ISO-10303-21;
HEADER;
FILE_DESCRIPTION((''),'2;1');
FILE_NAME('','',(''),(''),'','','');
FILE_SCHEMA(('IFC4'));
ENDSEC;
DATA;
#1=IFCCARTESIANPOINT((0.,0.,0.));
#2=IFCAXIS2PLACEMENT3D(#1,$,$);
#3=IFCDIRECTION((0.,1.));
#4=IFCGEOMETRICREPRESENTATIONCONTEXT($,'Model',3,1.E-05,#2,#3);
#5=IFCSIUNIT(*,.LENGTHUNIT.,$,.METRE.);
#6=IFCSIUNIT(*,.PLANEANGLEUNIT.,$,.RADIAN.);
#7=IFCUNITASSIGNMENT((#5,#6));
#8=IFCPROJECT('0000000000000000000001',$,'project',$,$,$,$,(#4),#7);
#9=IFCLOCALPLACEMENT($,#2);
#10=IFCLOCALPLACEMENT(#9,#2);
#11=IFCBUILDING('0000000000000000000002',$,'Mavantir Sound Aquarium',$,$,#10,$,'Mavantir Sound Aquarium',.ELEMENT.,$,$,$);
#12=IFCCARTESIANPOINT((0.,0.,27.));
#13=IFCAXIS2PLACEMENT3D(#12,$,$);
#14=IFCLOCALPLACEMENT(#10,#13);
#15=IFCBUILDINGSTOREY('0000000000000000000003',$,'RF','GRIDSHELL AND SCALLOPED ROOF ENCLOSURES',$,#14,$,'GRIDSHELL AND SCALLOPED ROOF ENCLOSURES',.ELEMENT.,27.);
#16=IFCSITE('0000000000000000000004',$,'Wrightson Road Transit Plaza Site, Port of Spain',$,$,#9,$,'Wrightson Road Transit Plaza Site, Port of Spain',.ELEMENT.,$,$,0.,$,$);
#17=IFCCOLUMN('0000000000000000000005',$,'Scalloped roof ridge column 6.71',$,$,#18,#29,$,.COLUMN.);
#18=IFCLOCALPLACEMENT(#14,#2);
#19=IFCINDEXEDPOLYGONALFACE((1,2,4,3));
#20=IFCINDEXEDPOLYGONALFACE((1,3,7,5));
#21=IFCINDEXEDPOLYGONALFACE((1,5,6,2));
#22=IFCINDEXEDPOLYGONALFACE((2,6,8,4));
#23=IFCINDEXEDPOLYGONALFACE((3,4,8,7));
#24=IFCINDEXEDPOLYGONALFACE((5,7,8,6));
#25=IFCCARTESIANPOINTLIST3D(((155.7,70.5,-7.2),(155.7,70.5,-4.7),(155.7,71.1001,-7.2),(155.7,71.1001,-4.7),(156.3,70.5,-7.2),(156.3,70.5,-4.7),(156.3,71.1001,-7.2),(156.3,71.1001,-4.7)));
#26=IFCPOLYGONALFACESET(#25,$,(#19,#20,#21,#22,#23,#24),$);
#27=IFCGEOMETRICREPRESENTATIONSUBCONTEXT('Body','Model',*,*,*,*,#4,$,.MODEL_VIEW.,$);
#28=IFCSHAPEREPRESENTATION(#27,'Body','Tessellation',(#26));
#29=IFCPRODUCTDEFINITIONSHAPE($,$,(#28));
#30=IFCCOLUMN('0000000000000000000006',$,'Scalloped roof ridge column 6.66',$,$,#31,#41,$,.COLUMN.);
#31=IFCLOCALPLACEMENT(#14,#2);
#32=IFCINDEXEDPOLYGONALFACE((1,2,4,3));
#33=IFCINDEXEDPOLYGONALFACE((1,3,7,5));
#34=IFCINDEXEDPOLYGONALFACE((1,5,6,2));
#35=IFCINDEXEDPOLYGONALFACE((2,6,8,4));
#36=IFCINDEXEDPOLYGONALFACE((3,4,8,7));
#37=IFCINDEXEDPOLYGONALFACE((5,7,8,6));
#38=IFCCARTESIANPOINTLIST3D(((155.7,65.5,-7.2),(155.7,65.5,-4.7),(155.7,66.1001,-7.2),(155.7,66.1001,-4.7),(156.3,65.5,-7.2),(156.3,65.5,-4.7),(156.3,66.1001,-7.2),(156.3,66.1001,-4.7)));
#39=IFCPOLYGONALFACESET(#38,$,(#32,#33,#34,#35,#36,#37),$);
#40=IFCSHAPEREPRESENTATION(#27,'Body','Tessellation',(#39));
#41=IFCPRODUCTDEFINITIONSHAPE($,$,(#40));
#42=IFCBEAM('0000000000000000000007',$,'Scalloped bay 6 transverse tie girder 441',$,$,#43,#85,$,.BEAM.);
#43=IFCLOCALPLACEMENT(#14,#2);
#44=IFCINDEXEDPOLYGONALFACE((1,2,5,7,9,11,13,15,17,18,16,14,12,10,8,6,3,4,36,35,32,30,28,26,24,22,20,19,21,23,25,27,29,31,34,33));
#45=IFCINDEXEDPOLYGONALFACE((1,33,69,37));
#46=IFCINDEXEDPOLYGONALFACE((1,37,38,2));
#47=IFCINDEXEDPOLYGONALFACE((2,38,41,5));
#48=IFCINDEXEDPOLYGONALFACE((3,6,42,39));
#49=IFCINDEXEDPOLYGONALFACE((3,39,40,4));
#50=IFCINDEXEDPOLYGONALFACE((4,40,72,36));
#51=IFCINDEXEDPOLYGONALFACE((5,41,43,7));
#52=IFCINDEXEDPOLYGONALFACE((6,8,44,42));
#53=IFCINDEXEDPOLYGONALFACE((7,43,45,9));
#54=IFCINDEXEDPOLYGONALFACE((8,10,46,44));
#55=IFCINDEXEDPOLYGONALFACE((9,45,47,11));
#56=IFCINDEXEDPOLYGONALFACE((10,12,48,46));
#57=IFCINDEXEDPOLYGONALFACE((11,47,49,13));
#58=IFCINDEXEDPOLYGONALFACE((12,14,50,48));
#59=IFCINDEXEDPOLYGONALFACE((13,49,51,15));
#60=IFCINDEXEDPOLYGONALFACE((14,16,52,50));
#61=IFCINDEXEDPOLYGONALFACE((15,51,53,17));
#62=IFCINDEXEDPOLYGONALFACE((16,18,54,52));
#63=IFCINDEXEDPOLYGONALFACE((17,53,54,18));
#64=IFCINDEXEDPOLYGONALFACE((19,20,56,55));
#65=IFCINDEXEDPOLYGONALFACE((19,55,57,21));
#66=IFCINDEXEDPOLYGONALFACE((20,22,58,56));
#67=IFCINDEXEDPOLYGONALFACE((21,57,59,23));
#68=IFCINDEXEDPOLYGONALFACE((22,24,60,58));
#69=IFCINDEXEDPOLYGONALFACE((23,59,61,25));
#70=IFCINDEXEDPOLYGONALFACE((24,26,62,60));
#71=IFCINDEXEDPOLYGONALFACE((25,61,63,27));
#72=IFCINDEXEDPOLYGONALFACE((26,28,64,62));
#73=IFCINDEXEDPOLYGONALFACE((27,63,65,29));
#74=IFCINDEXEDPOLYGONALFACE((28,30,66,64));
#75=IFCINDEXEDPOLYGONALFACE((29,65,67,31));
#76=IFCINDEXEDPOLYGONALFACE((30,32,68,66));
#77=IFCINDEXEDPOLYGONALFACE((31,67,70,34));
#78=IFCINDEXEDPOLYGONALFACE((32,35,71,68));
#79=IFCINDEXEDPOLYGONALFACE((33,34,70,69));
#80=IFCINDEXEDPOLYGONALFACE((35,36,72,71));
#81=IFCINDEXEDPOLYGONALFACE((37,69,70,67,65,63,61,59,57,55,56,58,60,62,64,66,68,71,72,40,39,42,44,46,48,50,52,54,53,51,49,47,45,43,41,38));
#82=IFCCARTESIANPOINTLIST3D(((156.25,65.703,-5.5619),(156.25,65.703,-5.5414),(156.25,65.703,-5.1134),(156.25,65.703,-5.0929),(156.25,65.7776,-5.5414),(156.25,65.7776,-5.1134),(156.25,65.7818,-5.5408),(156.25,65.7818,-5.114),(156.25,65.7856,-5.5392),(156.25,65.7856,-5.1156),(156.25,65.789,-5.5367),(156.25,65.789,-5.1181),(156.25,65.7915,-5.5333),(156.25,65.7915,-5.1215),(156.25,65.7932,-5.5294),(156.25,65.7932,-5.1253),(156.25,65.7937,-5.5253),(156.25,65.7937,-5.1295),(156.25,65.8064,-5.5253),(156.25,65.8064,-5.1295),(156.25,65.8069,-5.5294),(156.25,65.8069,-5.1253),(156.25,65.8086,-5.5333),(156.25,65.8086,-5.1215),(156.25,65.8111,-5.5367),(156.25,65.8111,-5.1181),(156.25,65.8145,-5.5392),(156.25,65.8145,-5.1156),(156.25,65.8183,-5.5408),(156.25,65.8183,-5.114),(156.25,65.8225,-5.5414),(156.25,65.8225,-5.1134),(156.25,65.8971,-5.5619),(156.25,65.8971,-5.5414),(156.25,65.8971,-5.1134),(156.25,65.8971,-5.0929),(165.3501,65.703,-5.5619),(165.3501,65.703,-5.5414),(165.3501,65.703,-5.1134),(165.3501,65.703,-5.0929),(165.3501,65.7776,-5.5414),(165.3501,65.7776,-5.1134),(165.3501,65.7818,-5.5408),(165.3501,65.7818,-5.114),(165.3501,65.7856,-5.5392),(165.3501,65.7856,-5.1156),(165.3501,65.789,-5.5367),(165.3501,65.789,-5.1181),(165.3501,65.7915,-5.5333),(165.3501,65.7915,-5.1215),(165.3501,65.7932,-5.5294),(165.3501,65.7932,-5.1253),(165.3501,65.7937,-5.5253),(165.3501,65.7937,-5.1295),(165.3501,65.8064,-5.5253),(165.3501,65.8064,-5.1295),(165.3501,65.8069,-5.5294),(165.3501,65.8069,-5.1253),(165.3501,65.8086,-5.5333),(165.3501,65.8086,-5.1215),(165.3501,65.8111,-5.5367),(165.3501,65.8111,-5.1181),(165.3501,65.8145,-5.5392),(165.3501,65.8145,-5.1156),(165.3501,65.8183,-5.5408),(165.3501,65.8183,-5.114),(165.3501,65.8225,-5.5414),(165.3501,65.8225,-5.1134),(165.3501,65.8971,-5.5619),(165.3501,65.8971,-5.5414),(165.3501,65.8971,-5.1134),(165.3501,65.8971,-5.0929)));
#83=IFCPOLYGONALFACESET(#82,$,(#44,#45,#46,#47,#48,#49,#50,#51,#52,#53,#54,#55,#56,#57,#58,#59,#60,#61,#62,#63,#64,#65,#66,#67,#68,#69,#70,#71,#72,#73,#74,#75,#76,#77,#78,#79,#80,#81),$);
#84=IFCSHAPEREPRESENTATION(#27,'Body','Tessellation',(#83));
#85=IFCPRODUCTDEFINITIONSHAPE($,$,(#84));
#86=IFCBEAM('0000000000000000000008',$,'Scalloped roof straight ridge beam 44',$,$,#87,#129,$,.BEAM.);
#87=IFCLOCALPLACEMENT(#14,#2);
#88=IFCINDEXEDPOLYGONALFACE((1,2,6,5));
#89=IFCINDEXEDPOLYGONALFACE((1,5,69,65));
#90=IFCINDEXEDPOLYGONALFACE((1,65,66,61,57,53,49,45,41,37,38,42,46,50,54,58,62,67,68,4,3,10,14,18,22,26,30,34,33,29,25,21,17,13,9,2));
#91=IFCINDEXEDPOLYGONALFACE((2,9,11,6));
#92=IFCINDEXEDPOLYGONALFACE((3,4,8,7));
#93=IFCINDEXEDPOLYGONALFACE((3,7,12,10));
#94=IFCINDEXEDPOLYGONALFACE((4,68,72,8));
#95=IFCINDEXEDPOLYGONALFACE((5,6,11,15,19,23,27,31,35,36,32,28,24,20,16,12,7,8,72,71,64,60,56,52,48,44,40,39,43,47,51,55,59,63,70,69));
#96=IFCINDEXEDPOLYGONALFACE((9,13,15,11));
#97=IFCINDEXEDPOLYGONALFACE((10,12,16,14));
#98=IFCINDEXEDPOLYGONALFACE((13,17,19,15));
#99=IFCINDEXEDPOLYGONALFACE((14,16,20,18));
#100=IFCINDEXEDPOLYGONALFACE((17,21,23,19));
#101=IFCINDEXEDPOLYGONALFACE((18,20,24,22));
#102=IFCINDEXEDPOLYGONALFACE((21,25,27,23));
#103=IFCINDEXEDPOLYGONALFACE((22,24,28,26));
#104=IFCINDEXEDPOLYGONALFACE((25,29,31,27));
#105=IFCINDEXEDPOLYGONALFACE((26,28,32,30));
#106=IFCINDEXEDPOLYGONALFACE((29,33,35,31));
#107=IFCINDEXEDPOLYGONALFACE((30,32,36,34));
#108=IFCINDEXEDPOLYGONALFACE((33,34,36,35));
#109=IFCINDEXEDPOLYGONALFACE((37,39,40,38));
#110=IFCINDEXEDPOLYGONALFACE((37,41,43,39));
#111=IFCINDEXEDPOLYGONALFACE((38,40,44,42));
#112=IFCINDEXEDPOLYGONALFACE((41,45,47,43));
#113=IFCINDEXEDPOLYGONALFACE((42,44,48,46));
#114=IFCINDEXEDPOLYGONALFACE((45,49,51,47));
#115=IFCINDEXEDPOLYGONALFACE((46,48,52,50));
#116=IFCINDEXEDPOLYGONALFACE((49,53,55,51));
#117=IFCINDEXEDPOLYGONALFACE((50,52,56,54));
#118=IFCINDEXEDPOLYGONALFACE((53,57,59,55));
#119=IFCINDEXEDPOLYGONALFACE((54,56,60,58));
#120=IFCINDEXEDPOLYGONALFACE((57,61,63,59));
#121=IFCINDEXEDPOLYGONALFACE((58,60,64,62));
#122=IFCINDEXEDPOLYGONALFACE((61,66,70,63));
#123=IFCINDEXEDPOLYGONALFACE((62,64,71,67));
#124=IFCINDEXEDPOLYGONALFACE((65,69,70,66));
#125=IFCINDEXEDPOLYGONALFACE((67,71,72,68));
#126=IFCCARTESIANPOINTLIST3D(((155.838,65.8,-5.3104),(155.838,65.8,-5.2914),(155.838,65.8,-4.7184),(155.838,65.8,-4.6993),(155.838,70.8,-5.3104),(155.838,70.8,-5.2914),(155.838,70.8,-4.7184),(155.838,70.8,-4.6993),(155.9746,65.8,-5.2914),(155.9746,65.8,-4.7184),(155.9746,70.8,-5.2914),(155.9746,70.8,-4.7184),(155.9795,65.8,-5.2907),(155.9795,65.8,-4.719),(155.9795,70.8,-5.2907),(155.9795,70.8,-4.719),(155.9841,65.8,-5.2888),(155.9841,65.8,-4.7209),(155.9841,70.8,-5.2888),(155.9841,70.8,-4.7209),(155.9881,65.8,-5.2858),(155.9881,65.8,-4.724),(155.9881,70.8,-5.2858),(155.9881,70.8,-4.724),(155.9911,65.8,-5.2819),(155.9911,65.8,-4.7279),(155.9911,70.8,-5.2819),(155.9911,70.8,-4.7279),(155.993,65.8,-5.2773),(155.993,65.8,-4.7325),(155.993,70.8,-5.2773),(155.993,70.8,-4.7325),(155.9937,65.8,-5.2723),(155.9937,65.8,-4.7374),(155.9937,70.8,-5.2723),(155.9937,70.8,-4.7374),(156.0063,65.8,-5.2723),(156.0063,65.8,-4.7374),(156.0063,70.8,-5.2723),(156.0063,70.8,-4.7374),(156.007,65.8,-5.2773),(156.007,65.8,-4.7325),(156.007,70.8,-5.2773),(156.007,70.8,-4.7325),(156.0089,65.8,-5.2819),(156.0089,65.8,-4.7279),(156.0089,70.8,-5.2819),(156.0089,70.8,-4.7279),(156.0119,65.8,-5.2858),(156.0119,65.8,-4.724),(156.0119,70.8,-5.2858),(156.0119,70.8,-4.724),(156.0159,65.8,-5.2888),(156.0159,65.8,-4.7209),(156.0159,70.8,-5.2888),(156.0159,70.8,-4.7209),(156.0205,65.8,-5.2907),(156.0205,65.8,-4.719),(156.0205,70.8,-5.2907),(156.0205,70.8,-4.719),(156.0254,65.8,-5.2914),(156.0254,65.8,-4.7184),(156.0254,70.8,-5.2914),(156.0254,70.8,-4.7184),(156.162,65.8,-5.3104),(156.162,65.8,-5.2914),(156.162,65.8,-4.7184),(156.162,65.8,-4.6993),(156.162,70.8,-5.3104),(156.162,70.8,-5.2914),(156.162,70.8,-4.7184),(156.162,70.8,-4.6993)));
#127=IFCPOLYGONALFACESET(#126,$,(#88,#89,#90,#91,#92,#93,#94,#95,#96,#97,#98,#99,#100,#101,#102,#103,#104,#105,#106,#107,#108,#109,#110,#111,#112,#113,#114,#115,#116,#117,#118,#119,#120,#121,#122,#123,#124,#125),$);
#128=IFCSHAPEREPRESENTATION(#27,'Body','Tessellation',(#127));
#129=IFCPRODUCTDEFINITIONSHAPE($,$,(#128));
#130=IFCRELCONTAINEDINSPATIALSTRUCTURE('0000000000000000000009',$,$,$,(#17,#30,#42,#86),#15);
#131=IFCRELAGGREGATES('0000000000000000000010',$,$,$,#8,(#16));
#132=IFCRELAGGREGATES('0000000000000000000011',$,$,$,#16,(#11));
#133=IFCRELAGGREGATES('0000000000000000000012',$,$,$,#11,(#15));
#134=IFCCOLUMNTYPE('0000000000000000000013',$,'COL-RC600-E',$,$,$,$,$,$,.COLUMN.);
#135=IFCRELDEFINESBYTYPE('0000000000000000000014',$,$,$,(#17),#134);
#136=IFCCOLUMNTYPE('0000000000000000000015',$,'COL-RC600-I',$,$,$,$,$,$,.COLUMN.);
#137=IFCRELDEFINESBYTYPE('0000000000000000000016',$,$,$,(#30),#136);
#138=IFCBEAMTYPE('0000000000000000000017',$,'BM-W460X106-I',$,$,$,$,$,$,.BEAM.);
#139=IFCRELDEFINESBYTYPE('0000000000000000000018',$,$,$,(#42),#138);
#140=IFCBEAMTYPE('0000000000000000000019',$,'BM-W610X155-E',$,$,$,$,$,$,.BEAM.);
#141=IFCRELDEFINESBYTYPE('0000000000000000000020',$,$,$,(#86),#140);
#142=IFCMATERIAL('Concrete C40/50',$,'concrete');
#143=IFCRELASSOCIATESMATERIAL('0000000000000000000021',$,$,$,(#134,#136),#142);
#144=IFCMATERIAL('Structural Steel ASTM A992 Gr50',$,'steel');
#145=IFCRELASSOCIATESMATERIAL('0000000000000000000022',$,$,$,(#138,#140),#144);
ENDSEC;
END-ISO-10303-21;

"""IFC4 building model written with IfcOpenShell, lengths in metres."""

from ifc_helpers import new_model, si_unit, direction, frame, origin, origin_2d, place, context, subcontext, project, spatial, rectangle, i_section, extrude, material, material_profile, profile_set, type_object, element, save


model = new_model("IFC4")

# Units and contexts
model_context = context("Model", 3, precision=1e-05, world=origin(), true_north=direction((0.0, 1.0)))
body_context = subcontext(model_context, "Body", "Model", "MODEL_VIEW")
ifc_project = project(units=[si_unit("LENGTHUNIT", "METRE"), si_unit("PLANEANGLEUNIT", "RADIAN")], contexts=[model_context])

# Site, building, storey
site_placement = place(None, origin())
site = spatial("IfcSite", under=ifc_project, at=site_placement, Name="Wrightson Road Transit Plaza Site, Port of Spain", LongName="Wrightson Road Transit Plaza Site, Port of Spain", CompositionType="ELEMENT", RefElevation=0.0)
building_placement = place(site_placement, origin())
building = spatial("IfcBuilding", under=site, at=building_placement, Name="Mavantir Sound Aquarium", LongName="Mavantir Sound Aquarium", CompositionType="ELEMENT")
storey_placement = place(building_placement, frame((0.0, 0.0, 27.0)))
storey = spatial("IfcBuildingStorey", under=building, at=storey_placement, Name="RF", Description="GRIDSHELL AND SCALLOPED ROOF ENCLOSURES", LongName="GRIDSHELL AND SCALLOPED ROOF ENCLOSURES", CompositionType="ELEMENT", Elevation=27.0)

# Columns
ifc_material_1 = material(Name="Concrete C40/50", Category="concrete")
ifc_material_profile_1 = material_profile(ifc_material_1, rectangle(XDim=0.6001, YDim=0.6001, at=origin_2d()), Name="RC 600X600")
ifc_profile_set_1 = profile_set([ifc_material_profile_1], Name="Concrete C40/50")
column_type_1 = type_object("IfcColumnType", Name="COL-RC600-E", PredefinedType="COLUMN", material=ifc_profile_set_1)
column_1_placement = place(storey_placement, frame((156.0, 70.8, -7.2), z_axis=(0.0, 0.0, 1.0), x_axis=(1.0, 0.0, 0.0)))
element("IfcColumn", 1, at=column_1_placement, inside=storey, type_object=column_type_1, Name="Scalloped roof ridge column 6.71", PredefinedType="COLUMN", context=body_context, shape_type="SweptSolid", body=[
    extrude(rectangle(XDim=0.6001, YDim=0.6001, at=origin_2d()), origin(), (0.0, 0.0, 1.0), 2.5),
])
ifc_material_profile_2 = material_profile(ifc_material_1, rectangle(XDim=0.6001, YDim=0.6001, at=origin_2d()), Name="RC 600X600")
ifc_profile_set_2 = profile_set([ifc_material_profile_2], Name="Concrete C40/50")
column_type_2 = type_object("IfcColumnType", Name="COL-RC600-I", PredefinedType="COLUMN", material=ifc_profile_set_2)
column_2_placement = place(storey_placement, frame((156.0, 65.8, -7.2), z_axis=(0.0, 0.0, 1.0), x_axis=(1.0, 0.0, 0.0)))
element("IfcColumn", 2, at=column_2_placement, inside=storey, type_object=column_type_2, Name="Scalloped roof ridge column 6.66", PredefinedType="COLUMN", context=body_context, shape_type="SweptSolid", body=[
    extrude(rectangle(XDim=0.6001, YDim=0.6001, at=origin_2d()), origin(), (0.0, 0.0, 1.0), 2.5),
])

# Beams
ifc_material_2 = material(Name="Structural Steel ASTM A992 Gr50", Category="steel")
ifc_material_profile_3 = material_profile(ifc_material_2, i_section(OverallWidth=0.1941, OverallDepth=0.469, WebThickness=0.0127, FlangeThickness=0.0205, FilletRadius=0.0161, at=origin_2d()), Name="W460X106")
ifc_profile_set_3 = profile_set([ifc_material_profile_3], Name="Structural Steel ASTM A992 Gr50")
beam_type_1 = type_object("IfcBeamType", Name="BM-W460X106-I", PredefinedType="BEAM", material=ifc_profile_set_3)
beam_1_placement = place(storey_placement, frame((156.25, 65.8, -5.3274), z_axis=(1.0, 0.0, 0.0), x_axis=(0.0, 1.0, 0.0)))
element("IfcBeam", 3, at=beam_1_placement, inside=storey, type_object=beam_type_1, Name="Scalloped bay 6 transverse tie girder 441", PredefinedType="BEAM", context=body_context, shape_type="SweptSolid", body=[
    extrude(i_section(OverallWidth=0.1941, OverallDepth=0.469, WebThickness=0.0127, FlangeThickness=0.0205, FilletRadius=0.0161, at=origin_2d()), origin(), (0.0, 0.0, 1.0), 9.1001),
])
ifc_material_profile_4 = material_profile(ifc_material_2, i_section(OverallWidth=0.324, OverallDepth=0.6111, WebThickness=0.0127, FlangeThickness=0.019, FilletRadius=0.019, at=origin_2d()), Name="W610X155")
ifc_profile_set_4 = profile_set([ifc_material_profile_4], Name="Structural Steel ASTM A992 Gr50")
beam_type_2 = type_object("IfcBeamType", Name="BM-W610X155-E", PredefinedType="BEAM", material=ifc_profile_set_4)
beam_2_placement = place(storey_placement, frame((156.0, 65.8, -5.0049), z_axis=(0.0, 1.0, 0.0), x_axis=(-1.0, 0.0, 0.0)))
element("IfcBeam", 4, at=beam_2_placement, inside=storey, type_object=beam_type_2, Name="Scalloped roof straight ridge beam 44", PredefinedType="BEAM", context=body_context, shape_type="SweptSolid", body=[
    extrude(i_section(OverallWidth=0.324, OverallDepth=0.6111, WebThickness=0.0127, FlangeThickness=0.019, FilletRadius=0.019, at=origin_2d()), origin(), (0.0, 0.0, 1.0), 5.0),
])

save(model, "model.ifc")
